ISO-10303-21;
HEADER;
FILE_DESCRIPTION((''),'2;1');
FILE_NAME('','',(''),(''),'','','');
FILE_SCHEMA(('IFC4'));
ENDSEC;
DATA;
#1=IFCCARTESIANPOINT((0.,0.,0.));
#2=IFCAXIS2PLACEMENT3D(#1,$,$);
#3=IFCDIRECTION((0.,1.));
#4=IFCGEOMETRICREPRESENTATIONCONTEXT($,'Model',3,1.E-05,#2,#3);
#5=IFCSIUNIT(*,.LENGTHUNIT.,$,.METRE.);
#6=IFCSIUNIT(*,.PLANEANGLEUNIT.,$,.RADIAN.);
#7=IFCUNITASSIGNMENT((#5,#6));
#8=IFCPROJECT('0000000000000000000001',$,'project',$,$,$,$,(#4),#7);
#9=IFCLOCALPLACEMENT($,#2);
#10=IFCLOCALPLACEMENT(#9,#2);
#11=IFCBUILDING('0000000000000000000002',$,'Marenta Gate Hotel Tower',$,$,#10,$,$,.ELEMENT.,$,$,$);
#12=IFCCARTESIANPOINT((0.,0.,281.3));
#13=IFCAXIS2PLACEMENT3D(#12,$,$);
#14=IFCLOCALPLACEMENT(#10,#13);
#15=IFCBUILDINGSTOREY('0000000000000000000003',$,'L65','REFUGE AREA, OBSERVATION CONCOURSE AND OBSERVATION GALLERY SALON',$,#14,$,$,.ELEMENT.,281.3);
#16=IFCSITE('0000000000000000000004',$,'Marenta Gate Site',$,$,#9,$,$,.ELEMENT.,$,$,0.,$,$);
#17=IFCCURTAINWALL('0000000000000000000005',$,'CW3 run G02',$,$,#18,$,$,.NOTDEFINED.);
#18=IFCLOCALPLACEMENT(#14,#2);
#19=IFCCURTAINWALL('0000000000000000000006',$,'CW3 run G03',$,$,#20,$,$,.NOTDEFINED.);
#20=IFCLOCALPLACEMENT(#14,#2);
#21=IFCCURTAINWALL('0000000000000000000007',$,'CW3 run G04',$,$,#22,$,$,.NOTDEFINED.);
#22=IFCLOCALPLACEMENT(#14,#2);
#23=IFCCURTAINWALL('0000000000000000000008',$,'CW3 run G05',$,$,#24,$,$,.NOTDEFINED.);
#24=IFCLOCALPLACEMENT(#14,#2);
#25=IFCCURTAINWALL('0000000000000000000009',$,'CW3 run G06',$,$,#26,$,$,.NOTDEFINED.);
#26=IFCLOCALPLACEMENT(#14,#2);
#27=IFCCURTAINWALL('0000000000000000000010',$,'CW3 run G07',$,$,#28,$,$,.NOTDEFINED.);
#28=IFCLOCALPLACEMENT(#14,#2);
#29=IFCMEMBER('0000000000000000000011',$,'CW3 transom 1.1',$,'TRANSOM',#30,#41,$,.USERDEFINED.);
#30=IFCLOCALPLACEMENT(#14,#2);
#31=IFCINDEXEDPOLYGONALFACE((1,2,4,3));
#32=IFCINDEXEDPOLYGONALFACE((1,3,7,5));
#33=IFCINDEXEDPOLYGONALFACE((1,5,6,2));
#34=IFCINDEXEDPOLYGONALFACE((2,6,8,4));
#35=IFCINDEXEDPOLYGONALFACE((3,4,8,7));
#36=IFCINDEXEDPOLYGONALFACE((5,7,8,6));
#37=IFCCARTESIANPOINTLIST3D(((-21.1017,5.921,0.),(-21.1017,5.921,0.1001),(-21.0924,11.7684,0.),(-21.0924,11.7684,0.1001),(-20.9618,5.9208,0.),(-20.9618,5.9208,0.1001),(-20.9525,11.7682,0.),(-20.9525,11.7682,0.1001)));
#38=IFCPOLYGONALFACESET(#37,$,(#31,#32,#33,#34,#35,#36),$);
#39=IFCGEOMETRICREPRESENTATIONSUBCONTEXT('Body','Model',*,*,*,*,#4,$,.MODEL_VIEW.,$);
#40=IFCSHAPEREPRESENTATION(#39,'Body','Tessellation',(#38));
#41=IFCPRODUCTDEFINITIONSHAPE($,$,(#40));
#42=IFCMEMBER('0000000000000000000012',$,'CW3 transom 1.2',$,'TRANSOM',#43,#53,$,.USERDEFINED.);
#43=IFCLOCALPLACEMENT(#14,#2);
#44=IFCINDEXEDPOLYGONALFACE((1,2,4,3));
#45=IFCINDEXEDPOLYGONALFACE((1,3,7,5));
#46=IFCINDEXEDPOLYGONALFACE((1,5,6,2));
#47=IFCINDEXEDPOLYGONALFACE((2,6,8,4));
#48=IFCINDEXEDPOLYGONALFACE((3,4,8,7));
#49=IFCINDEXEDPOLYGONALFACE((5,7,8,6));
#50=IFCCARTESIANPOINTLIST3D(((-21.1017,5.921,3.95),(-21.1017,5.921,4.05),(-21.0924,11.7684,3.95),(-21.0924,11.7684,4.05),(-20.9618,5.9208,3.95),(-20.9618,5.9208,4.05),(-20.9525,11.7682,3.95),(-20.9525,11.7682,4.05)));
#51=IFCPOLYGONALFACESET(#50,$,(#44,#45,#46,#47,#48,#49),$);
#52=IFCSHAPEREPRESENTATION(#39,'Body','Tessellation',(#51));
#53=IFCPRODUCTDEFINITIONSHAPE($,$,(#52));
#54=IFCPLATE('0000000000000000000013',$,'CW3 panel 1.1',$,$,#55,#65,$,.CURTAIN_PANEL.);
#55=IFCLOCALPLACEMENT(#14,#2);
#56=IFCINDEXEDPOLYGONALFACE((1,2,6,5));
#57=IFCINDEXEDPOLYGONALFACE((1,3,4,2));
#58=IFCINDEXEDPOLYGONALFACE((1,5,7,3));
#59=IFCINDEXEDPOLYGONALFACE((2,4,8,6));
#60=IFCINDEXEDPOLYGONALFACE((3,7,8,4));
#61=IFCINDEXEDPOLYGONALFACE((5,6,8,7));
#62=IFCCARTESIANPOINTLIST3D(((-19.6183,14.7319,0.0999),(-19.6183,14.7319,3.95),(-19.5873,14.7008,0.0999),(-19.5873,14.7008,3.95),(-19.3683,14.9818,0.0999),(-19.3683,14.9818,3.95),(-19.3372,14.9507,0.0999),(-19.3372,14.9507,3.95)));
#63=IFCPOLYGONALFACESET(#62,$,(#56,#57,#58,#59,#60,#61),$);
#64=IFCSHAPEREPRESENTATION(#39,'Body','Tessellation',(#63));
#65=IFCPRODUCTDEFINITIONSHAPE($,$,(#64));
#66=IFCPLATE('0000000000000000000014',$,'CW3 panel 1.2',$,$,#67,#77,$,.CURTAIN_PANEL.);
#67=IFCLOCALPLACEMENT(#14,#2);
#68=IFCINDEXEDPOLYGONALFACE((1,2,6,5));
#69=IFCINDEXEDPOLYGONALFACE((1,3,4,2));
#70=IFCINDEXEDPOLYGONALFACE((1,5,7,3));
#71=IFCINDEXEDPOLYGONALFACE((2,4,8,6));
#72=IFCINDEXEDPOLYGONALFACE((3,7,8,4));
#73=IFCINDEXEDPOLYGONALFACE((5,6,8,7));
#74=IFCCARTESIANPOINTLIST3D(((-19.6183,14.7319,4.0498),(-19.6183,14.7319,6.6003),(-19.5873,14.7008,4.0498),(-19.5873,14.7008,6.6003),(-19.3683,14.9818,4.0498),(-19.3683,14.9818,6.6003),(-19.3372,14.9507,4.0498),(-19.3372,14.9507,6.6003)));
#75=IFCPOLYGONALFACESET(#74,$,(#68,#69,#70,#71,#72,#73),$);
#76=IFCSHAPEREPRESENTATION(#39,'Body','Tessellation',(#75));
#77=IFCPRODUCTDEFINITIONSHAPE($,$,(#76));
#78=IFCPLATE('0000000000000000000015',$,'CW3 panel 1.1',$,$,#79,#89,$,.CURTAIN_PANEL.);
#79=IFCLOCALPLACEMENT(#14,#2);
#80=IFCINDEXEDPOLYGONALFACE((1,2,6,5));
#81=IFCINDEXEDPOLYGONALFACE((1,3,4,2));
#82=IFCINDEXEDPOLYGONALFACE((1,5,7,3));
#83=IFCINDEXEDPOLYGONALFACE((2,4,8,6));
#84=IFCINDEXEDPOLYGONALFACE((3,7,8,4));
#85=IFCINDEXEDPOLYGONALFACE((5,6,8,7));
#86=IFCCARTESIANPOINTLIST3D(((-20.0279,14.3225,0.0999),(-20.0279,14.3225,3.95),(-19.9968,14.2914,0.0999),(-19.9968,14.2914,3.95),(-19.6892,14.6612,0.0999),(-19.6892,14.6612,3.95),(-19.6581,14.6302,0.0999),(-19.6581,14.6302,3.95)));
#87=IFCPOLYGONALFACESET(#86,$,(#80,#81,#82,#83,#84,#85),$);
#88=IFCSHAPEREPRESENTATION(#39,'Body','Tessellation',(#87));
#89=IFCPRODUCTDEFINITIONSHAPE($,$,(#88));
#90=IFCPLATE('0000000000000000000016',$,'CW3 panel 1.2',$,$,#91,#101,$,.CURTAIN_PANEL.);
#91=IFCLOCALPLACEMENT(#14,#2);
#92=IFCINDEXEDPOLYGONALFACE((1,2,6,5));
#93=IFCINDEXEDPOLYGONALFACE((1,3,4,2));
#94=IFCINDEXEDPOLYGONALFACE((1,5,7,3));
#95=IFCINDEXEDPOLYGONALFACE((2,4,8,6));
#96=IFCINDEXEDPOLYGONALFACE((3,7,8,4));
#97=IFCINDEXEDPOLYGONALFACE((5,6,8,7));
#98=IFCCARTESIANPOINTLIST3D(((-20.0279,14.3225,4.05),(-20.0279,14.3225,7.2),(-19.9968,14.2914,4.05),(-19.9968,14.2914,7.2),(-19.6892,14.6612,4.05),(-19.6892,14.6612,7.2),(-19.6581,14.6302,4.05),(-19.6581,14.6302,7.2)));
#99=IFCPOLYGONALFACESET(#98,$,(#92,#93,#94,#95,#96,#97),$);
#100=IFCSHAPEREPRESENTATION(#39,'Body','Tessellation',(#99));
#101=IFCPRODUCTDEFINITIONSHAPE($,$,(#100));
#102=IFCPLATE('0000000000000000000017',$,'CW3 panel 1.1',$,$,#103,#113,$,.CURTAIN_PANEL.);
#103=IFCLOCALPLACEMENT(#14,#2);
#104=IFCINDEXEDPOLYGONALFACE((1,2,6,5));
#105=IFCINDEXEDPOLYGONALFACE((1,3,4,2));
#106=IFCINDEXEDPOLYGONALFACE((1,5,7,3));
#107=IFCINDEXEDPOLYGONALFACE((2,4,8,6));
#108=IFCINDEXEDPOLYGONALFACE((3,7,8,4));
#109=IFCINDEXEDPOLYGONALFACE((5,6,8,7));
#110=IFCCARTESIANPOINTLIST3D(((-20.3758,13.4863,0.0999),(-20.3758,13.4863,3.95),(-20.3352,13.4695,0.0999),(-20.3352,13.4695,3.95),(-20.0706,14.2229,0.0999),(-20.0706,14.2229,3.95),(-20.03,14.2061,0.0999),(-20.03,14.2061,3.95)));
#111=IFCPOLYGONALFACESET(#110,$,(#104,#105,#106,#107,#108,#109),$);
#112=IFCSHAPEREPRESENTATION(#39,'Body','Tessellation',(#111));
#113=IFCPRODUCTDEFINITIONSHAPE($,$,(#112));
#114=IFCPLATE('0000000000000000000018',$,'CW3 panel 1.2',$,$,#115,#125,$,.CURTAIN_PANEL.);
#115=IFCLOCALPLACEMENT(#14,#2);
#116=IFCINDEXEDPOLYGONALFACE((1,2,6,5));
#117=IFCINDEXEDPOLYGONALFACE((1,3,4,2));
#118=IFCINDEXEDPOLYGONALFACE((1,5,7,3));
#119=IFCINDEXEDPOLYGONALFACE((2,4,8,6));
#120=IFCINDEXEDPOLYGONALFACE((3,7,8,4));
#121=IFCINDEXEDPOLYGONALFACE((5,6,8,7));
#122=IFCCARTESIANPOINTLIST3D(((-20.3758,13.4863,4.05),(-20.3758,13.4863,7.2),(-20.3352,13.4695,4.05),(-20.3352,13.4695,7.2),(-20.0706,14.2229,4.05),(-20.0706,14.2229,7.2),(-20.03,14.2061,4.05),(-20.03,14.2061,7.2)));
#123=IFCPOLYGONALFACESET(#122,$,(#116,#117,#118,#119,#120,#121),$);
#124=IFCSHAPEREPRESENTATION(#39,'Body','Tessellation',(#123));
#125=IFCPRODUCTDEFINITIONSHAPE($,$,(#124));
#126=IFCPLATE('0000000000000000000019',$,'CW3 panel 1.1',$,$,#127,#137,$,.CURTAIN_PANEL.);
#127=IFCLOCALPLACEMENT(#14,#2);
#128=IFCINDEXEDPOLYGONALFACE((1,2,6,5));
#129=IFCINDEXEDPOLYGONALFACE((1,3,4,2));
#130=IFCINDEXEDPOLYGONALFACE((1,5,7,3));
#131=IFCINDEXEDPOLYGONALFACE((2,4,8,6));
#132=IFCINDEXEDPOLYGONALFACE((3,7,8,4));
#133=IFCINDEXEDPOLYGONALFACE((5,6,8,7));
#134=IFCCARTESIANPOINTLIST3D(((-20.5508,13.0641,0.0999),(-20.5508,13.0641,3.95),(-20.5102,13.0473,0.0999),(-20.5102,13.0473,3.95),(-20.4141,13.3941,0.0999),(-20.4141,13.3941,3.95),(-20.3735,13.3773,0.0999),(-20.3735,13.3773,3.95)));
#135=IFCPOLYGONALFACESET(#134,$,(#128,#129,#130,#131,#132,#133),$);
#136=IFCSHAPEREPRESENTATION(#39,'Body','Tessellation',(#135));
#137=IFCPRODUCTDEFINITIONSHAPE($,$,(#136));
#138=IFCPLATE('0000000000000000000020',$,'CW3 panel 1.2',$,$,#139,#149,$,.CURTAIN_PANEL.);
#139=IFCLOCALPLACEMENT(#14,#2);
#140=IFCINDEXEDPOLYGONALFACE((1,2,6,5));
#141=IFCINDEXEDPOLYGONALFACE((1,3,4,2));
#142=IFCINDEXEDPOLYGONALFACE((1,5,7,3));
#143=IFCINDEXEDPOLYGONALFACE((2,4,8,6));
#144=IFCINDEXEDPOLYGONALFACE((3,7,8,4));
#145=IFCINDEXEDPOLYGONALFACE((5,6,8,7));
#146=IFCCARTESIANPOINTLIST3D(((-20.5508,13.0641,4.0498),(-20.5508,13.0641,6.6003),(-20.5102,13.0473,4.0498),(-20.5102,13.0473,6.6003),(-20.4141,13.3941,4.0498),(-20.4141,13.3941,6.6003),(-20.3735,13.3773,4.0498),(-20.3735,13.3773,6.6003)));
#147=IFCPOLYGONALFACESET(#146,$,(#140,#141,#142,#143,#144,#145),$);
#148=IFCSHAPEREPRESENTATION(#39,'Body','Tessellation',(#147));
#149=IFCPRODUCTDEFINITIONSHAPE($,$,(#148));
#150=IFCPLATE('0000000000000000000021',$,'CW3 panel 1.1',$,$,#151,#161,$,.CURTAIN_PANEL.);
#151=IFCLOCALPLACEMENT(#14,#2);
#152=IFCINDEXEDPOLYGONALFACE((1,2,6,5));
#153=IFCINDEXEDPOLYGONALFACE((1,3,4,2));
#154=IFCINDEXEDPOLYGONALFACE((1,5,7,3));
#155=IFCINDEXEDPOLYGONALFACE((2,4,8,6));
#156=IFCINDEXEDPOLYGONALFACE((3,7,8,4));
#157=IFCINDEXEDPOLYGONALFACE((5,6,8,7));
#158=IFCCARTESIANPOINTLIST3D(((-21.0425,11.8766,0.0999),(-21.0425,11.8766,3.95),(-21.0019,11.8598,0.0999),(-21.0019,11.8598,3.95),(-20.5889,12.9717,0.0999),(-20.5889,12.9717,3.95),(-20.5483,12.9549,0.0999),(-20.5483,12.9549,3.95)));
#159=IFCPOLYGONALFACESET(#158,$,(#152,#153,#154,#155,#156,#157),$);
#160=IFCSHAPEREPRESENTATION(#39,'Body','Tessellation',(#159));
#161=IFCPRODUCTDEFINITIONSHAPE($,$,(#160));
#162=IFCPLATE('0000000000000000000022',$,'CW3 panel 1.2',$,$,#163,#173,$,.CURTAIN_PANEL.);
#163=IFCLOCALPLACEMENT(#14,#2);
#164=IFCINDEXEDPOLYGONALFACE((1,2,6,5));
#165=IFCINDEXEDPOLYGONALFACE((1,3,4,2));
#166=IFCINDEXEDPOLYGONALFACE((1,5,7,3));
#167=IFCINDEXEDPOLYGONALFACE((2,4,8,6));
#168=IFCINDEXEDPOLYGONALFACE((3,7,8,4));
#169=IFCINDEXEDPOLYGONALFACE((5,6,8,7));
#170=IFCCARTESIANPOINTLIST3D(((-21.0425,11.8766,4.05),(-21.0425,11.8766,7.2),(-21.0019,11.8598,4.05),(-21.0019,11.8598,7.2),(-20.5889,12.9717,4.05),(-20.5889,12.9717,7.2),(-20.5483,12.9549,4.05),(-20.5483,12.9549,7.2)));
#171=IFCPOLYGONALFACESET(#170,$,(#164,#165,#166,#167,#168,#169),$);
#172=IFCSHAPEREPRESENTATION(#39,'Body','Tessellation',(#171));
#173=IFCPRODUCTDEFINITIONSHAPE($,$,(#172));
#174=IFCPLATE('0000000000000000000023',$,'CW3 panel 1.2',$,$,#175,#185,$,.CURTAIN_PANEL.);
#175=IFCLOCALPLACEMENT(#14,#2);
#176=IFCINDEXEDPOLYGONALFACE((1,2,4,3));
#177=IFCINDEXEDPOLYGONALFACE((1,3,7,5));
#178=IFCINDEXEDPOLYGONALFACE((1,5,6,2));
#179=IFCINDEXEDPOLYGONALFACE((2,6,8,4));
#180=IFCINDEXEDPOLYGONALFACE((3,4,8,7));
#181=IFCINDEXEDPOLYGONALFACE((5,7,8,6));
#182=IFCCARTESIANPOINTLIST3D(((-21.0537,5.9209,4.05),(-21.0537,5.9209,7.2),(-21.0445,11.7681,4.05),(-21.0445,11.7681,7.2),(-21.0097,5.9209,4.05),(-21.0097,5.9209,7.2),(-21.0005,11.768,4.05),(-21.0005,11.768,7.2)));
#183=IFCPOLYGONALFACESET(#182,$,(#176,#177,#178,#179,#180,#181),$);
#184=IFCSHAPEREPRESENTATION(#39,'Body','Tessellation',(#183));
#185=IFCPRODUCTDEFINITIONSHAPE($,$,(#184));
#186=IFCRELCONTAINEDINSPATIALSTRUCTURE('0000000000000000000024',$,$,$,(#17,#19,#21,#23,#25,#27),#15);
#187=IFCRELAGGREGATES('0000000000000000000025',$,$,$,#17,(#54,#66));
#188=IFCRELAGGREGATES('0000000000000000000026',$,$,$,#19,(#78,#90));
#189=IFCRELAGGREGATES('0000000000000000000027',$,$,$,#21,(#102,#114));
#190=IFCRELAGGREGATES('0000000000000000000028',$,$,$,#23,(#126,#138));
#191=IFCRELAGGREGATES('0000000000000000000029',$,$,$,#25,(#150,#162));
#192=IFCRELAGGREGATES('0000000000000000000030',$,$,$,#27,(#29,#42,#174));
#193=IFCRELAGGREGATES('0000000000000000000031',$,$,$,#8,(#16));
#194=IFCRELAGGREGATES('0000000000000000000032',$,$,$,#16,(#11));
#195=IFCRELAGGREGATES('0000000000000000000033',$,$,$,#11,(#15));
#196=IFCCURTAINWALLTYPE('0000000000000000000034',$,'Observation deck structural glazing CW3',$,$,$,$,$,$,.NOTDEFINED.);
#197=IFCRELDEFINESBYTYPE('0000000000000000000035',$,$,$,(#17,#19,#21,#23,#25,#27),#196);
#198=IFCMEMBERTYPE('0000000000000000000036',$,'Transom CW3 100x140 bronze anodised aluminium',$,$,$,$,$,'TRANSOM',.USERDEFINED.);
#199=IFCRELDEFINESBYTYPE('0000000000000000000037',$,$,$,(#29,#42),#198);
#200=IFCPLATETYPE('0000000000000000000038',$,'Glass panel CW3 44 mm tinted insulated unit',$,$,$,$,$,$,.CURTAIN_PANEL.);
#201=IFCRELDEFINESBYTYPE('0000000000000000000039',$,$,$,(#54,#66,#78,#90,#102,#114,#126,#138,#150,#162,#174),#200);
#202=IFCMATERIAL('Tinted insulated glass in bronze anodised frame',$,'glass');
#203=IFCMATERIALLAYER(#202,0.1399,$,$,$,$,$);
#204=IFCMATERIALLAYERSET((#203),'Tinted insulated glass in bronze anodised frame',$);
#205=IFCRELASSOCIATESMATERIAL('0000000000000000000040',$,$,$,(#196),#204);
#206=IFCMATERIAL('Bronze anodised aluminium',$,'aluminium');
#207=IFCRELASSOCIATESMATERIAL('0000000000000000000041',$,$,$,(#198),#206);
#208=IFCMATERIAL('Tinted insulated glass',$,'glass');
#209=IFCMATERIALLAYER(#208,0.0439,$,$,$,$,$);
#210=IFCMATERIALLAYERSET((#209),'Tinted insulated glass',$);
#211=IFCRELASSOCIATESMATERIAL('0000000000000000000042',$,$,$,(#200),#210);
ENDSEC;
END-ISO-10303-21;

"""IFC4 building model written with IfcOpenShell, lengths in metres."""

from ifc_helpers import new_model, si_unit, direction, frame, origin, origin_2d, place, context, subcontext, project, spatial, rectangle, extrude, material, layer, layer_set, material_profile, profile_set, type_object, element, aggregate, save


model = new_model("IFC4")

# Units and contexts
model_context = context("Model", 3, precision=1e-05, world=origin(), true_north=direction((0.0, 1.0)))
body_context = subcontext(model_context, "Body", "Model", "MODEL_VIEW")
ifc_project = project(units=[si_unit("LENGTHUNIT", "METRE"), si_unit("PLANEANGLEUNIT", "RADIAN")], contexts=[model_context])

# Site, building, storey
site_placement = place(None, origin())
site = spatial("IfcSite", under=ifc_project, at=site_placement, Name="Marenta Gate Site", CompositionType="ELEMENT", RefElevation=0.0)
building_placement = place(site_placement, origin())
building = spatial("IfcBuilding", under=site, at=building_placement, Name="Marenta Gate Hotel Tower", CompositionType="ELEMENT")
storey_placement = place(building_placement, frame((0.0, 0.0, 281.3)))
storey = spatial("IfcBuildingStorey", under=building, at=storey_placement, Name="L65", Description="REFUGE AREA, OBSERVATION CONCOURSE AND OBSERVATION GALLERY SALON", CompositionType="ELEMENT", Elevation=281.3)

# Curtain walls
ifc_material_1 = material(Name="Tinted insulated glass in bronze anodised frame", Category="glass")
ifc_layer_1 = layer(ifc_material_1, 0.1399)
ifc_layer_set_1 = layer_set([ifc_layer_1], Name="Tinted insulated glass in bronze anodised frame")
curtain_wall_type = type_object("IfcCurtainWallType", Name="Observation deck structural glazing CW3", PredefinedType="NOTDEFINED", material=ifc_layer_set_1)
curtain_wall_1_placement = place(storey_placement, origin())
curtain_wall_1 = element("IfcCurtainWall", 1, at=curtain_wall_1_placement, inside=storey, type_object=curtain_wall_type, Name="CW3 run G02", PredefinedType="NOTDEFINED")
curtain_wall_2_placement = place(storey_placement, origin())
curtain_wall_2 = element("IfcCurtainWall", 2, at=curtain_wall_2_placement, inside=storey, type_object=curtain_wall_type, Name="CW3 run G03", PredefinedType="NOTDEFINED")
curtain_wall_3_placement = place(storey_placement, origin())
curtain_wall_3 = element("IfcCurtainWall", 3, at=curtain_wall_3_placement, inside=storey, type_object=curtain_wall_type, Name="CW3 run G04", PredefinedType="NOTDEFINED")
curtain_wall_4_placement = place(storey_placement, origin())
curtain_wall_4 = element("IfcCurtainWall", 4, at=curtain_wall_4_placement, inside=storey, type_object=curtain_wall_type, Name="CW3 run G05", PredefinedType="NOTDEFINED")
curtain_wall_5_placement = place(storey_placement, origin())
curtain_wall_5 = element("IfcCurtainWall", 5, at=curtain_wall_5_placement, inside=storey, type_object=curtain_wall_type, Name="CW3 run G06", PredefinedType="NOTDEFINED")
curtain_wall_6_placement = place(storey_placement, origin())
curtain_wall_6 = element("IfcCurtainWall", 6, at=curtain_wall_6_placement, inside=storey, type_object=curtain_wall_type, Name="CW3 run G07", PredefinedType="NOTDEFINED")

# Members
ifc_material_2 = material(Name="Bronze anodised aluminium", Category="aluminium")
ifc_material_profile_1 = material_profile(ifc_material_2, rectangle(XDim=0.1399, YDim=0.1001, at=origin_2d()), Name="Transom CW3 100x140 bronze anodised aluminium")
ifc_profile_set_1 = profile_set([ifc_material_profile_1], Name="Bronze anodised aluminium")
member_type_1 = type_object("IfcMemberType", Name="Transom CW3 100x140 bronze anodised aluminium", ElementType="TRANSOM", PredefinedType="USERDEFINED", material=ifc_profile_set_1)
member_1_placement = place(storey_placement, frame((-21.0225, 11.7683, 0.05), z_axis=(-0.001587, -0.999999, 0.0), x_axis=(0.999999, -0.001587, 0.0)))
member_1 = element("IfcMember", 7, at=member_1_placement, type_object=member_type_1, Name="CW3 transom 1.1", ObjectType="TRANSOM", PredefinedType="USERDEFINED", context=body_context, shape_type="SweptSolid", body=[
    extrude(rectangle(XDim=0.1399, YDim=0.1001, at=origin_2d()), origin(), (0.0, 0.0, 1.0), 5.8474),
])
member_2_placement = place(storey_placement, frame((-21.0225, 11.7683, 4.0), z_axis=(-0.001587, -0.999999, 0.0), x_axis=(0.999999, -0.001587, 0.0)))
member_2 = element("IfcMember", 8, at=member_2_placement, type_object=member_type_1, Name="CW3 transom 1.2", ObjectType="TRANSOM", PredefinedType="USERDEFINED", context=body_context, shape_type="SweptSolid", body=[
    extrude(rectangle(XDim=0.1399, YDim=0.1001, at=origin_2d()), origin(), (0.0, 0.0, 1.0), 5.8474),
])

# Plates
ifc_material_3 = material(Name="Tinted insulated glass", Category="glass")
ifc_layer_2 = layer(ifc_material_3, 0.0439)
ifc_layer_set_2 = layer_set([ifc_layer_2], Name="Tinted insulated glass")
plate_type = type_object("IfcPlateType", Name="Glass panel CW3 44 mm tinted insulated unit", PredefinedType="CURTAIN_PANEL", material=ifc_layer_set_2)
plate_1_placement = place(storey_placement, frame((-19.4778, 14.8413, 0.0999), z_axis=(0.0, 0.0, 1.0), x_axis=(-0.707217, -0.706997, 0.0)))
plate_1 = element("IfcPlate", 9, at=plate_1_placement, type_object=plate_type, Name="CW3 panel 1.1", PredefinedType="CURTAIN_PANEL", context=body_context, shape_type="SweptSolid", body=[
    extrude(rectangle(XDim=0.3535, YDim=0.0439, at=origin_2d()), origin(), (0.0, 0.0, 1.0), 3.8501),
])
plate_2_placement = place(storey_placement, frame((-19.4778, 14.8413, 4.0498), z_axis=(0.0, 0.0, 1.0), x_axis=(-0.707217, -0.706997, 0.0)))
plate_2 = element("IfcPlate", 10, at=plate_2_placement, type_object=plate_type, Name="CW3 panel 1.2", PredefinedType="CURTAIN_PANEL", context=body_context, shape_type="SweptSolid", body=[
    extrude(rectangle(XDim=0.3535, YDim=0.0439, at=origin_2d()), origin(), (0.0, 0.0, 1.0), 2.5505),
])
aggregate(curtain_wall_1, [plate_1, plate_2])
plate_3_placement = place(storey_placement, frame((-19.843, 14.4763, 0.0999), z_axis=(0.0, 0.0, 1.0), x_axis=(-0.70702, -0.707193, 0.0)))
plate_3 = element("IfcPlate", 11, at=plate_3_placement, type_object=plate_type, Name="CW3 panel 1.1", PredefinedType="CURTAIN_PANEL", context=body_context, shape_type="SweptSolid", body=[
    extrude(rectangle(XDim=0.479, YDim=0.0439, at=origin_2d()), origin(), (0.0, 0.0, 1.0), 3.8501),
])
plate_4_placement = place(storey_placement, frame((-19.843, 14.4763, 4.05), z_axis=(0.0, 0.0, 1.0), x_axis=(-0.70702, -0.707193, 0.0)))
plate_4 = element("IfcPlate", 12, at=plate_4_placement, type_object=plate_type, Name="CW3 panel 1.2", PredefinedType="CURTAIN_PANEL", context=body_context, shape_type="SweptSolid", body=[
    extrude(rectangle(XDim=0.479, YDim=0.0439, at=origin_2d()), origin(), (0.0, 0.0, 1.0), 3.1499),
])
aggregate(curtain_wall_2, [plate_3, plate_4])
plate_5_placement = place(storey_placement, frame((-20.2029, 13.8462, 0.0999), z_axis=(0.0, 0.0, 1.0), x_axis=(-0.3827, -0.923873, 0.0)))
plate_5 = element("IfcPlate", 13, at=plate_5_placement, type_object=plate_type, Name="CW3 panel 1.1", PredefinedType="CURTAIN_PANEL", context=body_context, shape_type="SweptSolid", body=[
    extrude(rectangle(XDim=0.7974, YDim=0.0439, at=origin_2d()), origin(), (0.0, 0.0, 1.0), 3.8501),
])
plate_6_placement = place(storey_placement, frame((-20.2029, 13.8462, 4.05), z_axis=(0.0, 0.0, 1.0), x_axis=(-0.3827, -0.923873, 0.0)))
plate_6 = element("IfcPlate", 14, at=plate_6_placement, type_object=plate_type, Name="CW3 panel 1.2", PredefinedType="CURTAIN_PANEL", context=body_context, shape_type="SweptSolid", body=[
    extrude(rectangle(XDim=0.7974, YDim=0.0439, at=origin_2d()), origin(), (0.0, 0.0, 1.0), 3.1499),
])
aggregate(curtain_wall_3, [plate_5, plate_6])
plate_7_placement = place(storey_placement, frame((-20.4622, 13.2207, 0.0999), z_axis=(0.0, 0.0, 1.0), x_axis=(-0.382642, -0.923897, 0.0)))
plate_7 = element("IfcPlate", 15, at=plate_7_placement, type_object=plate_type, Name="CW3 panel 1.1", PredefinedType="CURTAIN_PANEL", context=body_context, shape_type="SweptSolid", body=[
    extrude(rectangle(XDim=0.3572, YDim=0.0439, at=origin_2d()), origin(), (0.0, 0.0, 1.0), 3.8501),
])
plate_8_placement = place(storey_placement, frame((-20.4622, 13.2207, 4.0498), z_axis=(0.0, 0.0, 1.0), x_axis=(-0.382642, -0.923897, 0.0)))
plate_8 = element("IfcPlate", 16, at=plate_8_placement, type_object=plate_type, Name="CW3 panel 1.2", PredefinedType="CURTAIN_PANEL", context=body_context, shape_type="SweptSolid", body=[
    extrude(rectangle(XDim=0.3572, YDim=0.0439, at=origin_2d()), origin(), (0.0, 0.0, 1.0), 2.5505),
])
aggregate(curtain_wall_4, [plate_7, plate_8])
plate_9_placement = place(storey_placement, frame((-20.7954, 12.4158, 0.0999), z_axis=(0.0, 0.0, 1.0), x_axis=(-0.382659, -0.92389, 0.0)))
plate_9 = element("IfcPlate", 17, at=plate_9_placement, type_object=plate_type, Name="CW3 panel 1.1", PredefinedType="CURTAIN_PANEL", context=body_context, shape_type="SweptSolid", body=[
    extrude(rectangle(XDim=1.1853, YDim=0.0439, at=origin_2d()), origin(), (0.0, 0.0, 1.0), 3.8501),
])
plate_10_placement = place(storey_placement, frame((-20.7954, 12.4158, 4.05), z_axis=(0.0, 0.0, 1.0), x_axis=(-0.382659, -0.92389, 0.0)))
plate_10 = element("IfcPlate", 18, at=plate_10_placement, type_object=plate_type, Name="CW3 panel 1.2", PredefinedType="CURTAIN_PANEL", context=body_context, shape_type="SweptSolid", body=[
    extrude(rectangle(XDim=1.1853, YDim=0.0439, at=origin_2d()), origin(), (0.0, 0.0, 1.0), 3.1499),
])
aggregate(curtain_wall_5, [plate_9, plate_10])
plate_11_placement = place(storey_placement, frame((-21.0271, 8.8445, 4.05), z_axis=(0.0, 0.0, 1.0), x_axis=(-0.001567, -0.999999, 0.0)))
plate_11 = element("IfcPlate", 19, at=plate_11_placement, type_object=plate_type, Name="CW3 panel 1.2", PredefinedType="CURTAIN_PANEL", context=body_context, shape_type="SweptSolid", body=[
    extrude(rectangle(XDim=5.8472, YDim=0.0439, at=origin_2d()), origin(), (0.0, 0.0, 1.0), 3.1499),
])
aggregate(curtain_wall_6, [member_1, member_2, plate_11])

save(model, "model.ifc")
